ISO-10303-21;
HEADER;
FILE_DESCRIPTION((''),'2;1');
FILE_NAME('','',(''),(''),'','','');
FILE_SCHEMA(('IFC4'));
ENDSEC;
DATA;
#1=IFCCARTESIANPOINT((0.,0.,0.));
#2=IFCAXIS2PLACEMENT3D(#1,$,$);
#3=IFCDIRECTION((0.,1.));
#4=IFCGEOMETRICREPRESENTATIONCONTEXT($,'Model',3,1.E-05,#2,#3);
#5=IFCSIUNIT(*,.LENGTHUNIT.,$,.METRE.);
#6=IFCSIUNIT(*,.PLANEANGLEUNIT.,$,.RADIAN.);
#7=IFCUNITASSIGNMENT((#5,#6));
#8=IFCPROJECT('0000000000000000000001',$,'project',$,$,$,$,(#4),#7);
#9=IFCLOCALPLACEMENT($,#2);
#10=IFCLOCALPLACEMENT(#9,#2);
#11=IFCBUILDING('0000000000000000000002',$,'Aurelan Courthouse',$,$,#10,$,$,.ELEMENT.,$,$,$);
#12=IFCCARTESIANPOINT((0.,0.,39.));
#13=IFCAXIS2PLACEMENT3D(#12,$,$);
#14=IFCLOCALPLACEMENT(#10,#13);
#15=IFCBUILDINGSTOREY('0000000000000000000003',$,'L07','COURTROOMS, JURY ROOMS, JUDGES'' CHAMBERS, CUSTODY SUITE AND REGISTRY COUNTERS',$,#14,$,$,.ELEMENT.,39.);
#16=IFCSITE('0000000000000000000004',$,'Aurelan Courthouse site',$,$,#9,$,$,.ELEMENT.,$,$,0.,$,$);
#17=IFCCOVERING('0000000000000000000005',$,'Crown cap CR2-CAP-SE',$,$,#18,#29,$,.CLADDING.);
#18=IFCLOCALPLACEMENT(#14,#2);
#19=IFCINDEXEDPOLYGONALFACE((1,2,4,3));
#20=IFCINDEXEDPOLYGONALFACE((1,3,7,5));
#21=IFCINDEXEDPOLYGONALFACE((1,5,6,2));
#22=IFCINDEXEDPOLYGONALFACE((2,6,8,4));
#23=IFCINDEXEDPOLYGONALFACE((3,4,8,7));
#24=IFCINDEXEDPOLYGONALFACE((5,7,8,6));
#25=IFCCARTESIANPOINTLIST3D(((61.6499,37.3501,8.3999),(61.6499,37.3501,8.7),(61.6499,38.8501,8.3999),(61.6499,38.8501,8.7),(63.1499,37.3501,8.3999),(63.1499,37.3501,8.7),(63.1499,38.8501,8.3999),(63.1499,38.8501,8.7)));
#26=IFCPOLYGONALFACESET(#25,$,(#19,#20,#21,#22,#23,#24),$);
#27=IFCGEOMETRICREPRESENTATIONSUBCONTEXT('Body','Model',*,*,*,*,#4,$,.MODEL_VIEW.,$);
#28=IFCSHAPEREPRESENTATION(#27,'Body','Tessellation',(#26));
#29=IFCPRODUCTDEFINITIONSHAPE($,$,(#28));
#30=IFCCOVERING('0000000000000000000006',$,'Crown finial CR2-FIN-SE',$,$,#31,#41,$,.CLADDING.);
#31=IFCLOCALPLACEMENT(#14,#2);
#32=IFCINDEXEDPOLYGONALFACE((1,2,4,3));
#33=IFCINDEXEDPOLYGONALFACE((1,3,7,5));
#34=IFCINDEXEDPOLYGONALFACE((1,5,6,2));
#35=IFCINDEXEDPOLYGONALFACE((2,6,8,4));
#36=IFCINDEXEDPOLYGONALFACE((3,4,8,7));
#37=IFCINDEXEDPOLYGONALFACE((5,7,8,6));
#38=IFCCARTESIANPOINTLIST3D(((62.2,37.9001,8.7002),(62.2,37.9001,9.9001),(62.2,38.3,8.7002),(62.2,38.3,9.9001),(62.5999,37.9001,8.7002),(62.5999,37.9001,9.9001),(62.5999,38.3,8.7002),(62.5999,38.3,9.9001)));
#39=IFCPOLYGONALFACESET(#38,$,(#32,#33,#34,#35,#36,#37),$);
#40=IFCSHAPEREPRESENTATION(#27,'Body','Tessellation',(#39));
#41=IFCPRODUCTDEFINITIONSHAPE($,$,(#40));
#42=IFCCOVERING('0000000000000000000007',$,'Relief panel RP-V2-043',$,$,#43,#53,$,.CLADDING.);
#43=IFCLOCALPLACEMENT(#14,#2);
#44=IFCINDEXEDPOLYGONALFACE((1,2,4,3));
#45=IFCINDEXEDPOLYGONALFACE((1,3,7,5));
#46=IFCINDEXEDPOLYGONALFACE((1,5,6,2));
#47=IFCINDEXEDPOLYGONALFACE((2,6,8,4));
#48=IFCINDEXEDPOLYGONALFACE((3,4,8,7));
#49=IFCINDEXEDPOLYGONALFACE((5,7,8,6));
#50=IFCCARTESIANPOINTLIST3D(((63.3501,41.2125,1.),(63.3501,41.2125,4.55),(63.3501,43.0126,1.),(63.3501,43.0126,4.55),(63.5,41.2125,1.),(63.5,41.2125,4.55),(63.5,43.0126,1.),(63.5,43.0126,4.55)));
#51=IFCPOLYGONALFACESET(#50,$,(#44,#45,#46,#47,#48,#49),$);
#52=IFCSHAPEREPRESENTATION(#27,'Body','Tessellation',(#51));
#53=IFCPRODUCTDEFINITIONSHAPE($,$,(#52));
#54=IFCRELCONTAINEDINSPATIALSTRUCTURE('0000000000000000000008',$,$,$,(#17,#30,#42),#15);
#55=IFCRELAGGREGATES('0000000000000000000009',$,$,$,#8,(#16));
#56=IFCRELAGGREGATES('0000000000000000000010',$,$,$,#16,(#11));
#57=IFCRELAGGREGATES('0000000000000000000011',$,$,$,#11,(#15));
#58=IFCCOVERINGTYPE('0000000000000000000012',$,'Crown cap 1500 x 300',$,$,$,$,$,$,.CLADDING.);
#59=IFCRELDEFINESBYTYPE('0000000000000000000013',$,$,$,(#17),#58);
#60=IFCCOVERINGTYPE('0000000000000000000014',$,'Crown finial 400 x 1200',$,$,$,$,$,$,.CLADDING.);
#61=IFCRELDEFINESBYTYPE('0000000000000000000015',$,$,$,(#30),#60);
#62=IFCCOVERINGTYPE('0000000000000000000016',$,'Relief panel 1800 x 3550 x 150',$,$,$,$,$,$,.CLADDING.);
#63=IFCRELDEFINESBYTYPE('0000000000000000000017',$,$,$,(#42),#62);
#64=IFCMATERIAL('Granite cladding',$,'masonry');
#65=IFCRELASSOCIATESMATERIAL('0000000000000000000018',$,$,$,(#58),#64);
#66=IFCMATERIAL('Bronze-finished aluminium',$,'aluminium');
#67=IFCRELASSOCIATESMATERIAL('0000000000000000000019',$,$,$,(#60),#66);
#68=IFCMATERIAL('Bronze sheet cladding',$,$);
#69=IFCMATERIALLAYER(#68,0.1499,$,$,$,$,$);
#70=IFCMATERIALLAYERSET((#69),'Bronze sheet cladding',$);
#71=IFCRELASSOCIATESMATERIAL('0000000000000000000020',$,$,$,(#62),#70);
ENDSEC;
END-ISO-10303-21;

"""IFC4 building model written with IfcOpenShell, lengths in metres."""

from ifc_helpers import new_model, si_unit, direction, frame, origin, origin_2d, place, context, subcontext, project, spatial, rectangle, extrude, material, layer, layer_set, type_object, element, save


model = new_model("IFC4")

# Units and contexts
model_context = context("Model", 3, precision=1e-05, world=origin(), true_north=direction((0.0, 1.0)))
body_context = subcontext(model_context, "Body", "Model", "MODEL_VIEW")
ifc_project = project(units=[si_unit("LENGTHUNIT", "METRE"), si_unit("PLANEANGLEUNIT", "RADIAN")], contexts=[model_context])

# Site, building, storey
site_placement = place(None, origin())
site = spatial("IfcSite", under=ifc_project, at=site_placement, Name="Aurelan Courthouse site", CompositionType="ELEMENT", RefElevation=0.0)
building_placement = place(site_placement, origin())
building = spatial("IfcBuilding", under=site, at=building_placement, Name="Aurelan Courthouse", CompositionType="ELEMENT")
storey_placement = place(building_placement, frame((0.0, 0.0, 39.0)))
storey = spatial("IfcBuildingStorey", under=building, at=storey_placement, Name="L07", Description="COURTROOMS, JURY ROOMS, JUDGES' CHAMBERS, CUSTODY SUITE AND REGISTRY COUNTERS", CompositionType="ELEMENT", Elevation=39.0)

# Coverings
ifc_material_1 = material(Name="Granite cladding", Category="masonry")
covering_type_1 = type_object("IfcCoveringType", Name="Crown cap 1500 x 300", PredefinedType="CLADDING", material=ifc_material_1)
covering_1_placement = place(storey_placement, frame((62.3999, 38.1001, 8.3999), z_axis=(0.0, 0.0, 1.0), x_axis=(1.0, 0.0, 0.0)))
element("IfcCovering", 1, at=covering_1_placement, inside=storey, type_object=covering_type_1, Name="Crown cap CR2-CAP-SE", PredefinedType="CLADDING", context=body_context, shape_type="SweptSolid", body=[
    extrude(rectangle(XDim=1.5, YDim=1.5, at=origin_2d()), origin(), (0.0, 0.0, 1.0), 0.3),
])
ifc_material_2 = material(Name="Bronze-finished aluminium", Category="aluminium")
covering_type_2 = type_object("IfcCoveringType", Name="Crown finial 400 x 1200", PredefinedType="CLADDING", material=ifc_material_2)
covering_2_placement = place(storey_placement, frame((62.3999, 38.1001, 8.7002), z_axis=(0.0, 0.0, 1.0), x_axis=(1.0, 0.0, 0.0)))
element("IfcCovering", 2, at=covering_2_placement, inside=storey, type_object=covering_type_2, Name="Crown finial CR2-FIN-SE", PredefinedType="CLADDING", context=body_context, shape_type="SweptSolid", body=[
    extrude(rectangle(XDim=0.3999, YDim=0.3999, at=origin_2d()), origin(), (0.0, 0.0, 1.0), 1.2),
])
ifc_material_3 = material(Name="Bronze sheet cladding")
ifc_layer_1 = layer(ifc_material_3, 0.1499)
ifc_layer_set_1 = layer_set([ifc_layer_1], Name="Bronze sheet cladding")
covering_type_3 = type_object("IfcCoveringType", Name="Relief panel 1800 x 3550 x 150", PredefinedType="CLADDING", material=ifc_layer_set_1)
covering_3_placement = place(storey_placement, frame((63.425, 42.1125, 1.0), z_axis=(0.0, 0.0, 1.0), x_axis=(1.0, 0.0, 0.0)))
element("IfcCovering", 3, at=covering_3_placement, inside=storey, type_object=covering_type_3, Name="Relief panel RP-V2-043", PredefinedType="CLADDING", context=body_context, shape_type="SweptSolid", body=[
    extrude(rectangle(XDim=0.1499, YDim=1.8, at=origin_2d()), origin(), (0.0, 0.0, 1.0), 3.55),
])

save(model, "model.ifc")
